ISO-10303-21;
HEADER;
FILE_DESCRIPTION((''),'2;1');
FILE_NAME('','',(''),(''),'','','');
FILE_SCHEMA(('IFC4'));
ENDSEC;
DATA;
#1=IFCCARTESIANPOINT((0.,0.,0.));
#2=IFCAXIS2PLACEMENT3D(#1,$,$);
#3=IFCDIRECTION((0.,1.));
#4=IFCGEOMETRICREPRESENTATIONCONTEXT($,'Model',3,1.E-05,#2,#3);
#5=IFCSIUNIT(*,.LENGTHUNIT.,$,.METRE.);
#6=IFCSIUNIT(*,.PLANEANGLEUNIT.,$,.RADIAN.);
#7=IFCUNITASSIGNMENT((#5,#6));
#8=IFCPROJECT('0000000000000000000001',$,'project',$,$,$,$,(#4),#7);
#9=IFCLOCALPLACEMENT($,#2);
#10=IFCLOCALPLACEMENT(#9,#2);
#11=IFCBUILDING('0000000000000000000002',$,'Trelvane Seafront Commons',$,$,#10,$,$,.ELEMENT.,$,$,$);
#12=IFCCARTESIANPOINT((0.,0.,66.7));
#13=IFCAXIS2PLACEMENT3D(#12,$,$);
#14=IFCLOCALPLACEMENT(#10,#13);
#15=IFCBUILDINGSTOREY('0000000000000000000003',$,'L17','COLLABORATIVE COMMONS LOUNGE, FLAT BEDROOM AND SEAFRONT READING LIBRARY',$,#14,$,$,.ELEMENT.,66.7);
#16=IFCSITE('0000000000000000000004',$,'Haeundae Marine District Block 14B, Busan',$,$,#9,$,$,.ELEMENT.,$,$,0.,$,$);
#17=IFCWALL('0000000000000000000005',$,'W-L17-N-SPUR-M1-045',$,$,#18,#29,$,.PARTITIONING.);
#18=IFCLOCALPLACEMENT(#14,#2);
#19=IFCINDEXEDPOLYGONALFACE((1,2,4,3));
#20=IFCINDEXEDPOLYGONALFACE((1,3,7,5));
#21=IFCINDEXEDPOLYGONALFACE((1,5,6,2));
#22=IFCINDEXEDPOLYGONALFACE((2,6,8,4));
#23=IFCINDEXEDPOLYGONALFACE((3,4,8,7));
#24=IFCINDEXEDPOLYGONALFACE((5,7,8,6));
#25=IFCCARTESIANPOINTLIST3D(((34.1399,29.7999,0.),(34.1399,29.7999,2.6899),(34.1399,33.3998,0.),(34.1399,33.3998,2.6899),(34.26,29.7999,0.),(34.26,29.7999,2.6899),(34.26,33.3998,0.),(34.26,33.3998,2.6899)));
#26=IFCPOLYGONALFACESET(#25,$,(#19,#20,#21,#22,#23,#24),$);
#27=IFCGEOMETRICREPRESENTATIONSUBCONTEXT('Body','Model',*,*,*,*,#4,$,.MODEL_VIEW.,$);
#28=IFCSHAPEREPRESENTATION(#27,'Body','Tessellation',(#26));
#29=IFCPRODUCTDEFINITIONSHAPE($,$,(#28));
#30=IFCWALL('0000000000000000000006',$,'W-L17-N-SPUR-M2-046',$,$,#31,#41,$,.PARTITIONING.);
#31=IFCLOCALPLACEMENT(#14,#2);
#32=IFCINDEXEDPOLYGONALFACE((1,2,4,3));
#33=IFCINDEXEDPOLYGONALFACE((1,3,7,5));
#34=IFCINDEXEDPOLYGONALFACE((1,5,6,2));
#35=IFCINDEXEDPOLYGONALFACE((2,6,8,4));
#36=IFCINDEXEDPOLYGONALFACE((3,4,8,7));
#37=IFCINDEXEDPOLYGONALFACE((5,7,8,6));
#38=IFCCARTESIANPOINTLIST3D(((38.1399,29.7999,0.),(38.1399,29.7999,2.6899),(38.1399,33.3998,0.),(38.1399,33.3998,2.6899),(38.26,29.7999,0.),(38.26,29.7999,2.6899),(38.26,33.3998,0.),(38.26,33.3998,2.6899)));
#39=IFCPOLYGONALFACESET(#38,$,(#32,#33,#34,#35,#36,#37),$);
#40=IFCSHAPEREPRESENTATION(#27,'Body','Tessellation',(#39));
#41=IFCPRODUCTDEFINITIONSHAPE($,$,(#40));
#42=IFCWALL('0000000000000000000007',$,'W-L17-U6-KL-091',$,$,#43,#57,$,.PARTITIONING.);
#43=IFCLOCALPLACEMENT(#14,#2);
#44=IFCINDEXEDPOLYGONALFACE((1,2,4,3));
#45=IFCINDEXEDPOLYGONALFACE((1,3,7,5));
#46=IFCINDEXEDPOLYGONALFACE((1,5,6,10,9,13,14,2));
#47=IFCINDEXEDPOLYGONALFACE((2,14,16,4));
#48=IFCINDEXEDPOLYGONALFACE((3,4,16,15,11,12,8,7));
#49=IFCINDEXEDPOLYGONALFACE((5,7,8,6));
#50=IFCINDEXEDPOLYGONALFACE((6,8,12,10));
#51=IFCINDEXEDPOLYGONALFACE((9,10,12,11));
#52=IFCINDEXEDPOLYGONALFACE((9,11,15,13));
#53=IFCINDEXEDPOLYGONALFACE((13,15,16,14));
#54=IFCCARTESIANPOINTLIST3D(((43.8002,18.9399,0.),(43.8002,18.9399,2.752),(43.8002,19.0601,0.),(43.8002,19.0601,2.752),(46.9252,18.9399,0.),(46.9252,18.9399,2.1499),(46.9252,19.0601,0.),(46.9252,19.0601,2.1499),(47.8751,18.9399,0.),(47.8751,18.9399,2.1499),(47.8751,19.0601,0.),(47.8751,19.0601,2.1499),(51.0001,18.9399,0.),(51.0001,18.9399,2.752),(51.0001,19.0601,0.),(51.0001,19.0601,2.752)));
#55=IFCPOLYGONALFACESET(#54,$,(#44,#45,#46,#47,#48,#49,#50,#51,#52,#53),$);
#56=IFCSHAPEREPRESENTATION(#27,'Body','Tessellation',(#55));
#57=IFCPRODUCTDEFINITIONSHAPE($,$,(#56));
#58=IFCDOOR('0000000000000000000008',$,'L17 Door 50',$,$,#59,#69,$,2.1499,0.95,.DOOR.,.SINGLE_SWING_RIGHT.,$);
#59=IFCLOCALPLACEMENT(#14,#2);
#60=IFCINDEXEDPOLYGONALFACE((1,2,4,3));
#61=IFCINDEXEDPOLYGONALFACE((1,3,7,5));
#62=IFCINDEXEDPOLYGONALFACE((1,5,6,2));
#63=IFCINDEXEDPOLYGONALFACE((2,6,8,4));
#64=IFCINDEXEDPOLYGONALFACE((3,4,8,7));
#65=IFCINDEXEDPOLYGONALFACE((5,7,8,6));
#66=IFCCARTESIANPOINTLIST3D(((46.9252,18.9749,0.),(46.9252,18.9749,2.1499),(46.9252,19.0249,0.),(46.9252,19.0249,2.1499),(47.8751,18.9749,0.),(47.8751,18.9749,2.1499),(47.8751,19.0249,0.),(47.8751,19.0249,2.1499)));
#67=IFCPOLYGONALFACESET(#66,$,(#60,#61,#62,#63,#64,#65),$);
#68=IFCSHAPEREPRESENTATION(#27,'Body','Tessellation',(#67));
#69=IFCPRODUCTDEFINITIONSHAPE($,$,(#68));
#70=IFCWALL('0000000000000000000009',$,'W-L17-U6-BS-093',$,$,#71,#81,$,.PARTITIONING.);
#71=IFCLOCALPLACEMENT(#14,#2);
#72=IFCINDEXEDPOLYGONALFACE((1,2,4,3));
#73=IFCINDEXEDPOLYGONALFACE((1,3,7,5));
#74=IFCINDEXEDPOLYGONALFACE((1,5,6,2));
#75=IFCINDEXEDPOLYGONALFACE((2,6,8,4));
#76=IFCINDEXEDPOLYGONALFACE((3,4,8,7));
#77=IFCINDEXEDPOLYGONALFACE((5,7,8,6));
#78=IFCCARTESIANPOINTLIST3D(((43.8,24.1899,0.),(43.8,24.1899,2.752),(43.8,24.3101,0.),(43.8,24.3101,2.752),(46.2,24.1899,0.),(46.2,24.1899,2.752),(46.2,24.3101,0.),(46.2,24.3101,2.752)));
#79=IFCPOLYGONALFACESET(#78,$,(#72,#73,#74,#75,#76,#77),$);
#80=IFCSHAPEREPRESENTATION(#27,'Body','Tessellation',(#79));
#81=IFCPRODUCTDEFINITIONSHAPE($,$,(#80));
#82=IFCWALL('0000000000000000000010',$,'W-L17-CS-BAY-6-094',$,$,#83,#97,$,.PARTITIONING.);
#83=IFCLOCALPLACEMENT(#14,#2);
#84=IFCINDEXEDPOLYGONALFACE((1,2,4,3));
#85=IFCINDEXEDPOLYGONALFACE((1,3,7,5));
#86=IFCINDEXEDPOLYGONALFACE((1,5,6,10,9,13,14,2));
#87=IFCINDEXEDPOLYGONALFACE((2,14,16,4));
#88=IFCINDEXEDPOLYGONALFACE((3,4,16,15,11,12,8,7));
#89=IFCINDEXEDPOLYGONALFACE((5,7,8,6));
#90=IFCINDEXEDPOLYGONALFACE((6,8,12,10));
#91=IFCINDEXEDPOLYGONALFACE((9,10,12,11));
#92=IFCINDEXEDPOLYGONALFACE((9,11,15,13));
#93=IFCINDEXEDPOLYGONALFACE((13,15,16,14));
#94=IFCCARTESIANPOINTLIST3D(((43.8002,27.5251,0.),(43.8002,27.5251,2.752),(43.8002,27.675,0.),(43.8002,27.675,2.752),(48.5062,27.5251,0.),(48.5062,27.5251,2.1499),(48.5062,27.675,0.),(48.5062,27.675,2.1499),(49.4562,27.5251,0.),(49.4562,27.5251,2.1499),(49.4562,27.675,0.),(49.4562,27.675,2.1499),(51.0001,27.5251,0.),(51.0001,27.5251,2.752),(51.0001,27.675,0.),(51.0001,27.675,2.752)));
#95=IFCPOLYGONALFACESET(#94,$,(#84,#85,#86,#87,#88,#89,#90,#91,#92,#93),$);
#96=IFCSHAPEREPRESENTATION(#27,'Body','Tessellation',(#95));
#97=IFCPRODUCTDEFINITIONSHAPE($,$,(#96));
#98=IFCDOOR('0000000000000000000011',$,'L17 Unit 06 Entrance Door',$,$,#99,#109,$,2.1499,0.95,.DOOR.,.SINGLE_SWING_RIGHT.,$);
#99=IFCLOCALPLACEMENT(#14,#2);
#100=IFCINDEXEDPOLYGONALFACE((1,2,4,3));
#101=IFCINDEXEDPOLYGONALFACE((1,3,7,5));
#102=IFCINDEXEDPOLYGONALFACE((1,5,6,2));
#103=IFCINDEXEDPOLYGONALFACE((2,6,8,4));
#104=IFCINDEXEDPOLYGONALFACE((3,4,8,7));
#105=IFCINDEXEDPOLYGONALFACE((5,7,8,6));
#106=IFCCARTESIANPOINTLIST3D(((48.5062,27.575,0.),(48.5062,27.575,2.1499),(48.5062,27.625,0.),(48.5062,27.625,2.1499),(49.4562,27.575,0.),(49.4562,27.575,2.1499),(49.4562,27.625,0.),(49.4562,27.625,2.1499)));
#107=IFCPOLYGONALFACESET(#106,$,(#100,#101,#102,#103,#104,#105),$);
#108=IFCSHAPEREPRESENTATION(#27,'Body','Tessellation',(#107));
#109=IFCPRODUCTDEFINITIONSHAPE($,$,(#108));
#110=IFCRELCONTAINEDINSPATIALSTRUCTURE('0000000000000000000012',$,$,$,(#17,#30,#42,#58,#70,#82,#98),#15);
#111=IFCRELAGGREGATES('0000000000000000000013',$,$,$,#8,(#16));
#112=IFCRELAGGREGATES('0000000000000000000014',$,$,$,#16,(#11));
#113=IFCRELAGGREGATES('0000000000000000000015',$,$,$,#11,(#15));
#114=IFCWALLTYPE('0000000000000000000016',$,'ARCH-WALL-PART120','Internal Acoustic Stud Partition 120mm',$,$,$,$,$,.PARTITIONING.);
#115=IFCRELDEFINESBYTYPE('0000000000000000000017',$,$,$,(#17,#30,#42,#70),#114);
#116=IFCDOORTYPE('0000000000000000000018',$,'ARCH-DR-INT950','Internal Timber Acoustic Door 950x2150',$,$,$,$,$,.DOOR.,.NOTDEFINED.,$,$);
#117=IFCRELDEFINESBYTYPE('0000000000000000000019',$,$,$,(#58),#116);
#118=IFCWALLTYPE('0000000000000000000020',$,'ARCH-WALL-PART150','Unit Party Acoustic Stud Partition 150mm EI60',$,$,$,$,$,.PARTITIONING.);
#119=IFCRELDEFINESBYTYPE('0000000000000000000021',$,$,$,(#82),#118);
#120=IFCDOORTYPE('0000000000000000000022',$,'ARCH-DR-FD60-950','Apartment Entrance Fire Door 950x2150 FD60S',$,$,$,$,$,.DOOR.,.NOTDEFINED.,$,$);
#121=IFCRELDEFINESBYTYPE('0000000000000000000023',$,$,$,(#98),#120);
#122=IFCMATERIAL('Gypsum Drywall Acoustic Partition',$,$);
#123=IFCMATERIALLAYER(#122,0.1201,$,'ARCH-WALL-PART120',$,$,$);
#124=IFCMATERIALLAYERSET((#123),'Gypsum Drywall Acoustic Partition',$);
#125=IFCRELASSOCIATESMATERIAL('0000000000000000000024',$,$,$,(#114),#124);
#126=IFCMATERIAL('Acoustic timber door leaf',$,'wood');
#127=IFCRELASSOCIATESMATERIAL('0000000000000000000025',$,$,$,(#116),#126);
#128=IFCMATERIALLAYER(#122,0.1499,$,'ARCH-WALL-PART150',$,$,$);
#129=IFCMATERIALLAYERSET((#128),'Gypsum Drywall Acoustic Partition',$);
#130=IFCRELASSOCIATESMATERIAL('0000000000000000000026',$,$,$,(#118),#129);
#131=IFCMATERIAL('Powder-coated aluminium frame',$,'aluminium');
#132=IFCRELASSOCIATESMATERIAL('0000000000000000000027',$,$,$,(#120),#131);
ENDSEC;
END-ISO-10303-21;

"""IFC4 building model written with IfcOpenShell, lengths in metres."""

from ifc_helpers import new_model, si_unit, direction, frame, frame_2d, origin, place, context, subcontext, project, spatial, rectangle, extrude, source, transform, mapped, material, layer, layer_set, type_object, element, fill, save


model = new_model("IFC4")

# Units and contexts
model_context = context("Model", 3, precision=1e-05, world=origin(), true_north=direction((0.0, 1.0)))
body_context = subcontext(model_context, "Body", "Model", "MODEL_VIEW")
ifc_project = project(units=[si_unit("LENGTHUNIT", "METRE"), si_unit("PLANEANGLEUNIT", "RADIAN")], contexts=[model_context])

# Site, building, storey
site_placement = place(None, origin())
site = spatial("IfcSite", under=ifc_project, at=site_placement, Name="Haeundae Marine District Block 14B, Busan", CompositionType="ELEMENT", RefElevation=0.0)
building_placement = place(site_placement, origin())
building = spatial("IfcBuilding", under=site, at=building_placement, Name="Trelvane Seafront Commons", CompositionType="ELEMENT")
storey_placement = place(building_placement, frame((0.0, 0.0, 66.7)))
storey = spatial("IfcBuildingStorey", under=building, at=storey_placement, Name="L17", Description="COLLABORATIVE COMMONS LOUNGE, FLAT BEDROOM AND SEAFRONT READING LIBRARY", CompositionType="ELEMENT", Elevation=66.7)

# Shared definitions
ifc_material_1 = material(Name="Gypsum Drywall Acoustic Partition")
ifc_layer_1 = layer(ifc_material_1, 0.1201, Name="ARCH-WALL-PART120")
ifc_layer_set_1 = layer_set([ifc_layer_1], Name="Gypsum Drywall Acoustic Partition")
wall_type_1 = type_object("IfcWallType", Name="ARCH-WALL-PART120", Description="Internal Acoustic Stud Partition 120mm", PredefinedType="PARTITIONING", material=ifc_layer_set_1)
ifc_material_2 = material(Name="Acoustic timber door leaf", Category="wood")
door_type_1 = type_object("IfcDoorType", Name="ARCH-DR-INT950", Description="Internal Timber Acoustic Door 950x2150", OperationType="NOTDEFINED", PredefinedType="DOOR", material=ifc_material_2)
shared_shape_1 = source(origin(), body_context, "Body", "SweptSolid", [
    extrude(rectangle(XDim=0.95, YDim=2.1499, at=frame_2d((0.4751, 1.075))), frame((0.0, 0.0249, 0.0), z_axis=(0.0, -1.0, 0.0), x_axis=(1.0, 0.0, 0.0)), (0.0, 0.0, 1.0), 0.05),
])

# Walls
for number, where, z_axis, x_axis, name in (
    (1, (34.2, 29.8, 0.0), (0.0, 0.0, 1.0), (0.0, 1.0, 0.0), "W-L17-N-SPUR-M1-045"),
    (2, (38.2, 29.8, 0.0), (0.0, 0.0, 1.0), (0.0, 1.0, 0.0), "W-L17-N-SPUR-M2-046"),
):
    element("IfcWall", number, at=place(storey_placement, frame(where, z_axis=z_axis, x_axis=x_axis)), inside=storey, type_object=wall_type_1, Name=name, PredefinedType="PARTITIONING", context=body_context, shape_type="SweptSolid", body=[
        extrude(rectangle(XDim=3.5999, YDim=0.1201, at=frame_2d((1.7998, 0.0))), origin(), (0.0, 0.0, 1.0), 2.6899),
    ])

# Wall, opening, door
wall_1_placement = place(storey_placement, frame((43.8, 19.0, 0.0), z_axis=(0.0, 0.0, 1.0), x_axis=(1.0, 0.0, 0.0)))
wall_1 = element("IfcWall", 3, at=wall_1_placement, inside=storey, type_object=wall_type_1, Name="W-L17-U6-KL-091", PredefinedType="PARTITIONING", context=body_context, shape_type="SweptSolid", body=[
    extrude(rectangle(XDim=7.2, YDim=0.1201, at=frame_2d((3.6001, 0.0))), origin(), (0.0, 0.0, 1.0), 2.752),
])
opening_1_placement = place(wall_1_placement, frame((3.125, 0.0, 0.0)))
opening_1 = element("IfcOpeningElement", 4, at=opening_1_placement, cuts=wall_1, PredefinedType="OPENING", context=body_context, shape_type="SweptSolid", body=[
    extrude(rectangle(XDim=0.95, YDim=2.1499, at=frame_2d((0.4751, 1.075))), frame((0.0, 0.0701, 0.0), z_axis=(0.0, -1.0, 0.0), x_axis=(1.0, 0.0, 0.0)), (0.0, 0.0, 1.0), 0.1401),
])
door_1_placement = place(opening_1_placement, origin())
door_1 = element("IfcDoor", 5, at=door_1_placement, inside=storey, type_object=door_type_1, Name="L17 Door 50", OperationType="SINGLE_SWING_RIGHT", OverallHeight=2.1499, OverallWidth=0.95, PredefinedType="DOOR", context=body_context, shape_type="MappedRepresentation", body=[
    mapped(shared_shape_1, transform((0.0, 0.0, 0.0), x_axis=(1.0, 0.0, 0.0), y_axis=(0.0, 1.0, 0.0), z_axis=(0.0, 0.0, 1.0), scale=1.0)),
])
fill(opening_1, door_1)

# Wall
wall_2_placement = place(storey_placement, frame((43.8, 24.25, 0.0), z_axis=(0.0, 0.0, 1.0), x_axis=(1.0, 0.0, 0.0)))
element("IfcWall", 6, at=wall_2_placement, inside=storey, type_object=wall_type_1, Name="W-L17-U6-BS-093", PredefinedType="PARTITIONING", context=body_context, shape_type="SweptSolid", body=[
    extrude(rectangle(XDim=2.3999, YDim=0.1201, at=frame_2d((1.2, 0.0))), origin(), (0.0, 0.0, 1.0), 2.752),
])

# Wall, opening, door
ifc_layer_2 = layer(ifc_material_1, 0.1499, Name="ARCH-WALL-PART150")
ifc_layer_set_2 = layer_set([ifc_layer_2], Name="Gypsum Drywall Acoustic Partition")
wall_type_2 = type_object("IfcWallType", Name="ARCH-WALL-PART150", Description="Unit Party Acoustic Stud Partition 150mm EI60", PredefinedType="PARTITIONING", material=ifc_layer_set_2)
wall_3_placement = place(storey_placement, frame((43.8, 27.6001, 0.0), z_axis=(0.0, 0.0, 1.0), x_axis=(1.0, 0.0, 0.0)))
wall_3 = element("IfcWall", 7, at=wall_3_placement, inside=storey, type_object=wall_type_2, Name="W-L17-CS-BAY-6-094", PredefinedType="PARTITIONING", context=body_context, shape_type="SweptSolid", body=[
    extrude(rectangle(XDim=7.2, YDim=0.1499, at=frame_2d((3.6001, 0.0))), origin(), (0.0, 0.0, 1.0), 2.752),
])
opening_2_placement = place(wall_3_placement, frame((4.7061, 0.0, 0.0)))
opening_2 = element("IfcOpeningElement", 8, at=opening_2_placement, cuts=wall_3, PredefinedType="OPENING", context=body_context, shape_type="SweptSolid", body=[
    extrude(rectangle(XDim=0.95, YDim=2.1499, at=frame_2d((0.4751, 1.075))), frame((0.0, 0.085, 0.0), z_axis=(0.0, -1.0, 0.0), x_axis=(1.0, 0.0, 0.0)), (0.0, 0.0, 1.0), 0.1699),
])
ifc_material_3 = material(Name="Powder-coated aluminium frame", Category="aluminium")
door_type_2 = type_object("IfcDoorType", Name="ARCH-DR-FD60-950", Description="Apartment Entrance Fire Door 950x2150 FD60S", OperationType="NOTDEFINED", PredefinedType="DOOR", material=ifc_material_3)
door_2_placement = place(opening_2_placement, origin())
door_2 = element("IfcDoor", 9, at=door_2_placement, inside=storey, type_object=door_type_2, Name="L17 Unit 06 Entrance Door", OperationType="SINGLE_SWING_RIGHT", OverallHeight=2.1499, OverallWidth=0.95, PredefinedType="DOOR", context=body_context, shape_type="MappedRepresentation", body=[
    mapped(shared_shape_1, transform((0.0, 0.0, 0.0), x_axis=(1.0, 0.0, 0.0), y_axis=(0.0, 1.0, 0.0), z_axis=(0.0, 0.0, 1.0), scale=1.0)),
])
fill(opening_2, door_2)

save(model, "model.ifc")
